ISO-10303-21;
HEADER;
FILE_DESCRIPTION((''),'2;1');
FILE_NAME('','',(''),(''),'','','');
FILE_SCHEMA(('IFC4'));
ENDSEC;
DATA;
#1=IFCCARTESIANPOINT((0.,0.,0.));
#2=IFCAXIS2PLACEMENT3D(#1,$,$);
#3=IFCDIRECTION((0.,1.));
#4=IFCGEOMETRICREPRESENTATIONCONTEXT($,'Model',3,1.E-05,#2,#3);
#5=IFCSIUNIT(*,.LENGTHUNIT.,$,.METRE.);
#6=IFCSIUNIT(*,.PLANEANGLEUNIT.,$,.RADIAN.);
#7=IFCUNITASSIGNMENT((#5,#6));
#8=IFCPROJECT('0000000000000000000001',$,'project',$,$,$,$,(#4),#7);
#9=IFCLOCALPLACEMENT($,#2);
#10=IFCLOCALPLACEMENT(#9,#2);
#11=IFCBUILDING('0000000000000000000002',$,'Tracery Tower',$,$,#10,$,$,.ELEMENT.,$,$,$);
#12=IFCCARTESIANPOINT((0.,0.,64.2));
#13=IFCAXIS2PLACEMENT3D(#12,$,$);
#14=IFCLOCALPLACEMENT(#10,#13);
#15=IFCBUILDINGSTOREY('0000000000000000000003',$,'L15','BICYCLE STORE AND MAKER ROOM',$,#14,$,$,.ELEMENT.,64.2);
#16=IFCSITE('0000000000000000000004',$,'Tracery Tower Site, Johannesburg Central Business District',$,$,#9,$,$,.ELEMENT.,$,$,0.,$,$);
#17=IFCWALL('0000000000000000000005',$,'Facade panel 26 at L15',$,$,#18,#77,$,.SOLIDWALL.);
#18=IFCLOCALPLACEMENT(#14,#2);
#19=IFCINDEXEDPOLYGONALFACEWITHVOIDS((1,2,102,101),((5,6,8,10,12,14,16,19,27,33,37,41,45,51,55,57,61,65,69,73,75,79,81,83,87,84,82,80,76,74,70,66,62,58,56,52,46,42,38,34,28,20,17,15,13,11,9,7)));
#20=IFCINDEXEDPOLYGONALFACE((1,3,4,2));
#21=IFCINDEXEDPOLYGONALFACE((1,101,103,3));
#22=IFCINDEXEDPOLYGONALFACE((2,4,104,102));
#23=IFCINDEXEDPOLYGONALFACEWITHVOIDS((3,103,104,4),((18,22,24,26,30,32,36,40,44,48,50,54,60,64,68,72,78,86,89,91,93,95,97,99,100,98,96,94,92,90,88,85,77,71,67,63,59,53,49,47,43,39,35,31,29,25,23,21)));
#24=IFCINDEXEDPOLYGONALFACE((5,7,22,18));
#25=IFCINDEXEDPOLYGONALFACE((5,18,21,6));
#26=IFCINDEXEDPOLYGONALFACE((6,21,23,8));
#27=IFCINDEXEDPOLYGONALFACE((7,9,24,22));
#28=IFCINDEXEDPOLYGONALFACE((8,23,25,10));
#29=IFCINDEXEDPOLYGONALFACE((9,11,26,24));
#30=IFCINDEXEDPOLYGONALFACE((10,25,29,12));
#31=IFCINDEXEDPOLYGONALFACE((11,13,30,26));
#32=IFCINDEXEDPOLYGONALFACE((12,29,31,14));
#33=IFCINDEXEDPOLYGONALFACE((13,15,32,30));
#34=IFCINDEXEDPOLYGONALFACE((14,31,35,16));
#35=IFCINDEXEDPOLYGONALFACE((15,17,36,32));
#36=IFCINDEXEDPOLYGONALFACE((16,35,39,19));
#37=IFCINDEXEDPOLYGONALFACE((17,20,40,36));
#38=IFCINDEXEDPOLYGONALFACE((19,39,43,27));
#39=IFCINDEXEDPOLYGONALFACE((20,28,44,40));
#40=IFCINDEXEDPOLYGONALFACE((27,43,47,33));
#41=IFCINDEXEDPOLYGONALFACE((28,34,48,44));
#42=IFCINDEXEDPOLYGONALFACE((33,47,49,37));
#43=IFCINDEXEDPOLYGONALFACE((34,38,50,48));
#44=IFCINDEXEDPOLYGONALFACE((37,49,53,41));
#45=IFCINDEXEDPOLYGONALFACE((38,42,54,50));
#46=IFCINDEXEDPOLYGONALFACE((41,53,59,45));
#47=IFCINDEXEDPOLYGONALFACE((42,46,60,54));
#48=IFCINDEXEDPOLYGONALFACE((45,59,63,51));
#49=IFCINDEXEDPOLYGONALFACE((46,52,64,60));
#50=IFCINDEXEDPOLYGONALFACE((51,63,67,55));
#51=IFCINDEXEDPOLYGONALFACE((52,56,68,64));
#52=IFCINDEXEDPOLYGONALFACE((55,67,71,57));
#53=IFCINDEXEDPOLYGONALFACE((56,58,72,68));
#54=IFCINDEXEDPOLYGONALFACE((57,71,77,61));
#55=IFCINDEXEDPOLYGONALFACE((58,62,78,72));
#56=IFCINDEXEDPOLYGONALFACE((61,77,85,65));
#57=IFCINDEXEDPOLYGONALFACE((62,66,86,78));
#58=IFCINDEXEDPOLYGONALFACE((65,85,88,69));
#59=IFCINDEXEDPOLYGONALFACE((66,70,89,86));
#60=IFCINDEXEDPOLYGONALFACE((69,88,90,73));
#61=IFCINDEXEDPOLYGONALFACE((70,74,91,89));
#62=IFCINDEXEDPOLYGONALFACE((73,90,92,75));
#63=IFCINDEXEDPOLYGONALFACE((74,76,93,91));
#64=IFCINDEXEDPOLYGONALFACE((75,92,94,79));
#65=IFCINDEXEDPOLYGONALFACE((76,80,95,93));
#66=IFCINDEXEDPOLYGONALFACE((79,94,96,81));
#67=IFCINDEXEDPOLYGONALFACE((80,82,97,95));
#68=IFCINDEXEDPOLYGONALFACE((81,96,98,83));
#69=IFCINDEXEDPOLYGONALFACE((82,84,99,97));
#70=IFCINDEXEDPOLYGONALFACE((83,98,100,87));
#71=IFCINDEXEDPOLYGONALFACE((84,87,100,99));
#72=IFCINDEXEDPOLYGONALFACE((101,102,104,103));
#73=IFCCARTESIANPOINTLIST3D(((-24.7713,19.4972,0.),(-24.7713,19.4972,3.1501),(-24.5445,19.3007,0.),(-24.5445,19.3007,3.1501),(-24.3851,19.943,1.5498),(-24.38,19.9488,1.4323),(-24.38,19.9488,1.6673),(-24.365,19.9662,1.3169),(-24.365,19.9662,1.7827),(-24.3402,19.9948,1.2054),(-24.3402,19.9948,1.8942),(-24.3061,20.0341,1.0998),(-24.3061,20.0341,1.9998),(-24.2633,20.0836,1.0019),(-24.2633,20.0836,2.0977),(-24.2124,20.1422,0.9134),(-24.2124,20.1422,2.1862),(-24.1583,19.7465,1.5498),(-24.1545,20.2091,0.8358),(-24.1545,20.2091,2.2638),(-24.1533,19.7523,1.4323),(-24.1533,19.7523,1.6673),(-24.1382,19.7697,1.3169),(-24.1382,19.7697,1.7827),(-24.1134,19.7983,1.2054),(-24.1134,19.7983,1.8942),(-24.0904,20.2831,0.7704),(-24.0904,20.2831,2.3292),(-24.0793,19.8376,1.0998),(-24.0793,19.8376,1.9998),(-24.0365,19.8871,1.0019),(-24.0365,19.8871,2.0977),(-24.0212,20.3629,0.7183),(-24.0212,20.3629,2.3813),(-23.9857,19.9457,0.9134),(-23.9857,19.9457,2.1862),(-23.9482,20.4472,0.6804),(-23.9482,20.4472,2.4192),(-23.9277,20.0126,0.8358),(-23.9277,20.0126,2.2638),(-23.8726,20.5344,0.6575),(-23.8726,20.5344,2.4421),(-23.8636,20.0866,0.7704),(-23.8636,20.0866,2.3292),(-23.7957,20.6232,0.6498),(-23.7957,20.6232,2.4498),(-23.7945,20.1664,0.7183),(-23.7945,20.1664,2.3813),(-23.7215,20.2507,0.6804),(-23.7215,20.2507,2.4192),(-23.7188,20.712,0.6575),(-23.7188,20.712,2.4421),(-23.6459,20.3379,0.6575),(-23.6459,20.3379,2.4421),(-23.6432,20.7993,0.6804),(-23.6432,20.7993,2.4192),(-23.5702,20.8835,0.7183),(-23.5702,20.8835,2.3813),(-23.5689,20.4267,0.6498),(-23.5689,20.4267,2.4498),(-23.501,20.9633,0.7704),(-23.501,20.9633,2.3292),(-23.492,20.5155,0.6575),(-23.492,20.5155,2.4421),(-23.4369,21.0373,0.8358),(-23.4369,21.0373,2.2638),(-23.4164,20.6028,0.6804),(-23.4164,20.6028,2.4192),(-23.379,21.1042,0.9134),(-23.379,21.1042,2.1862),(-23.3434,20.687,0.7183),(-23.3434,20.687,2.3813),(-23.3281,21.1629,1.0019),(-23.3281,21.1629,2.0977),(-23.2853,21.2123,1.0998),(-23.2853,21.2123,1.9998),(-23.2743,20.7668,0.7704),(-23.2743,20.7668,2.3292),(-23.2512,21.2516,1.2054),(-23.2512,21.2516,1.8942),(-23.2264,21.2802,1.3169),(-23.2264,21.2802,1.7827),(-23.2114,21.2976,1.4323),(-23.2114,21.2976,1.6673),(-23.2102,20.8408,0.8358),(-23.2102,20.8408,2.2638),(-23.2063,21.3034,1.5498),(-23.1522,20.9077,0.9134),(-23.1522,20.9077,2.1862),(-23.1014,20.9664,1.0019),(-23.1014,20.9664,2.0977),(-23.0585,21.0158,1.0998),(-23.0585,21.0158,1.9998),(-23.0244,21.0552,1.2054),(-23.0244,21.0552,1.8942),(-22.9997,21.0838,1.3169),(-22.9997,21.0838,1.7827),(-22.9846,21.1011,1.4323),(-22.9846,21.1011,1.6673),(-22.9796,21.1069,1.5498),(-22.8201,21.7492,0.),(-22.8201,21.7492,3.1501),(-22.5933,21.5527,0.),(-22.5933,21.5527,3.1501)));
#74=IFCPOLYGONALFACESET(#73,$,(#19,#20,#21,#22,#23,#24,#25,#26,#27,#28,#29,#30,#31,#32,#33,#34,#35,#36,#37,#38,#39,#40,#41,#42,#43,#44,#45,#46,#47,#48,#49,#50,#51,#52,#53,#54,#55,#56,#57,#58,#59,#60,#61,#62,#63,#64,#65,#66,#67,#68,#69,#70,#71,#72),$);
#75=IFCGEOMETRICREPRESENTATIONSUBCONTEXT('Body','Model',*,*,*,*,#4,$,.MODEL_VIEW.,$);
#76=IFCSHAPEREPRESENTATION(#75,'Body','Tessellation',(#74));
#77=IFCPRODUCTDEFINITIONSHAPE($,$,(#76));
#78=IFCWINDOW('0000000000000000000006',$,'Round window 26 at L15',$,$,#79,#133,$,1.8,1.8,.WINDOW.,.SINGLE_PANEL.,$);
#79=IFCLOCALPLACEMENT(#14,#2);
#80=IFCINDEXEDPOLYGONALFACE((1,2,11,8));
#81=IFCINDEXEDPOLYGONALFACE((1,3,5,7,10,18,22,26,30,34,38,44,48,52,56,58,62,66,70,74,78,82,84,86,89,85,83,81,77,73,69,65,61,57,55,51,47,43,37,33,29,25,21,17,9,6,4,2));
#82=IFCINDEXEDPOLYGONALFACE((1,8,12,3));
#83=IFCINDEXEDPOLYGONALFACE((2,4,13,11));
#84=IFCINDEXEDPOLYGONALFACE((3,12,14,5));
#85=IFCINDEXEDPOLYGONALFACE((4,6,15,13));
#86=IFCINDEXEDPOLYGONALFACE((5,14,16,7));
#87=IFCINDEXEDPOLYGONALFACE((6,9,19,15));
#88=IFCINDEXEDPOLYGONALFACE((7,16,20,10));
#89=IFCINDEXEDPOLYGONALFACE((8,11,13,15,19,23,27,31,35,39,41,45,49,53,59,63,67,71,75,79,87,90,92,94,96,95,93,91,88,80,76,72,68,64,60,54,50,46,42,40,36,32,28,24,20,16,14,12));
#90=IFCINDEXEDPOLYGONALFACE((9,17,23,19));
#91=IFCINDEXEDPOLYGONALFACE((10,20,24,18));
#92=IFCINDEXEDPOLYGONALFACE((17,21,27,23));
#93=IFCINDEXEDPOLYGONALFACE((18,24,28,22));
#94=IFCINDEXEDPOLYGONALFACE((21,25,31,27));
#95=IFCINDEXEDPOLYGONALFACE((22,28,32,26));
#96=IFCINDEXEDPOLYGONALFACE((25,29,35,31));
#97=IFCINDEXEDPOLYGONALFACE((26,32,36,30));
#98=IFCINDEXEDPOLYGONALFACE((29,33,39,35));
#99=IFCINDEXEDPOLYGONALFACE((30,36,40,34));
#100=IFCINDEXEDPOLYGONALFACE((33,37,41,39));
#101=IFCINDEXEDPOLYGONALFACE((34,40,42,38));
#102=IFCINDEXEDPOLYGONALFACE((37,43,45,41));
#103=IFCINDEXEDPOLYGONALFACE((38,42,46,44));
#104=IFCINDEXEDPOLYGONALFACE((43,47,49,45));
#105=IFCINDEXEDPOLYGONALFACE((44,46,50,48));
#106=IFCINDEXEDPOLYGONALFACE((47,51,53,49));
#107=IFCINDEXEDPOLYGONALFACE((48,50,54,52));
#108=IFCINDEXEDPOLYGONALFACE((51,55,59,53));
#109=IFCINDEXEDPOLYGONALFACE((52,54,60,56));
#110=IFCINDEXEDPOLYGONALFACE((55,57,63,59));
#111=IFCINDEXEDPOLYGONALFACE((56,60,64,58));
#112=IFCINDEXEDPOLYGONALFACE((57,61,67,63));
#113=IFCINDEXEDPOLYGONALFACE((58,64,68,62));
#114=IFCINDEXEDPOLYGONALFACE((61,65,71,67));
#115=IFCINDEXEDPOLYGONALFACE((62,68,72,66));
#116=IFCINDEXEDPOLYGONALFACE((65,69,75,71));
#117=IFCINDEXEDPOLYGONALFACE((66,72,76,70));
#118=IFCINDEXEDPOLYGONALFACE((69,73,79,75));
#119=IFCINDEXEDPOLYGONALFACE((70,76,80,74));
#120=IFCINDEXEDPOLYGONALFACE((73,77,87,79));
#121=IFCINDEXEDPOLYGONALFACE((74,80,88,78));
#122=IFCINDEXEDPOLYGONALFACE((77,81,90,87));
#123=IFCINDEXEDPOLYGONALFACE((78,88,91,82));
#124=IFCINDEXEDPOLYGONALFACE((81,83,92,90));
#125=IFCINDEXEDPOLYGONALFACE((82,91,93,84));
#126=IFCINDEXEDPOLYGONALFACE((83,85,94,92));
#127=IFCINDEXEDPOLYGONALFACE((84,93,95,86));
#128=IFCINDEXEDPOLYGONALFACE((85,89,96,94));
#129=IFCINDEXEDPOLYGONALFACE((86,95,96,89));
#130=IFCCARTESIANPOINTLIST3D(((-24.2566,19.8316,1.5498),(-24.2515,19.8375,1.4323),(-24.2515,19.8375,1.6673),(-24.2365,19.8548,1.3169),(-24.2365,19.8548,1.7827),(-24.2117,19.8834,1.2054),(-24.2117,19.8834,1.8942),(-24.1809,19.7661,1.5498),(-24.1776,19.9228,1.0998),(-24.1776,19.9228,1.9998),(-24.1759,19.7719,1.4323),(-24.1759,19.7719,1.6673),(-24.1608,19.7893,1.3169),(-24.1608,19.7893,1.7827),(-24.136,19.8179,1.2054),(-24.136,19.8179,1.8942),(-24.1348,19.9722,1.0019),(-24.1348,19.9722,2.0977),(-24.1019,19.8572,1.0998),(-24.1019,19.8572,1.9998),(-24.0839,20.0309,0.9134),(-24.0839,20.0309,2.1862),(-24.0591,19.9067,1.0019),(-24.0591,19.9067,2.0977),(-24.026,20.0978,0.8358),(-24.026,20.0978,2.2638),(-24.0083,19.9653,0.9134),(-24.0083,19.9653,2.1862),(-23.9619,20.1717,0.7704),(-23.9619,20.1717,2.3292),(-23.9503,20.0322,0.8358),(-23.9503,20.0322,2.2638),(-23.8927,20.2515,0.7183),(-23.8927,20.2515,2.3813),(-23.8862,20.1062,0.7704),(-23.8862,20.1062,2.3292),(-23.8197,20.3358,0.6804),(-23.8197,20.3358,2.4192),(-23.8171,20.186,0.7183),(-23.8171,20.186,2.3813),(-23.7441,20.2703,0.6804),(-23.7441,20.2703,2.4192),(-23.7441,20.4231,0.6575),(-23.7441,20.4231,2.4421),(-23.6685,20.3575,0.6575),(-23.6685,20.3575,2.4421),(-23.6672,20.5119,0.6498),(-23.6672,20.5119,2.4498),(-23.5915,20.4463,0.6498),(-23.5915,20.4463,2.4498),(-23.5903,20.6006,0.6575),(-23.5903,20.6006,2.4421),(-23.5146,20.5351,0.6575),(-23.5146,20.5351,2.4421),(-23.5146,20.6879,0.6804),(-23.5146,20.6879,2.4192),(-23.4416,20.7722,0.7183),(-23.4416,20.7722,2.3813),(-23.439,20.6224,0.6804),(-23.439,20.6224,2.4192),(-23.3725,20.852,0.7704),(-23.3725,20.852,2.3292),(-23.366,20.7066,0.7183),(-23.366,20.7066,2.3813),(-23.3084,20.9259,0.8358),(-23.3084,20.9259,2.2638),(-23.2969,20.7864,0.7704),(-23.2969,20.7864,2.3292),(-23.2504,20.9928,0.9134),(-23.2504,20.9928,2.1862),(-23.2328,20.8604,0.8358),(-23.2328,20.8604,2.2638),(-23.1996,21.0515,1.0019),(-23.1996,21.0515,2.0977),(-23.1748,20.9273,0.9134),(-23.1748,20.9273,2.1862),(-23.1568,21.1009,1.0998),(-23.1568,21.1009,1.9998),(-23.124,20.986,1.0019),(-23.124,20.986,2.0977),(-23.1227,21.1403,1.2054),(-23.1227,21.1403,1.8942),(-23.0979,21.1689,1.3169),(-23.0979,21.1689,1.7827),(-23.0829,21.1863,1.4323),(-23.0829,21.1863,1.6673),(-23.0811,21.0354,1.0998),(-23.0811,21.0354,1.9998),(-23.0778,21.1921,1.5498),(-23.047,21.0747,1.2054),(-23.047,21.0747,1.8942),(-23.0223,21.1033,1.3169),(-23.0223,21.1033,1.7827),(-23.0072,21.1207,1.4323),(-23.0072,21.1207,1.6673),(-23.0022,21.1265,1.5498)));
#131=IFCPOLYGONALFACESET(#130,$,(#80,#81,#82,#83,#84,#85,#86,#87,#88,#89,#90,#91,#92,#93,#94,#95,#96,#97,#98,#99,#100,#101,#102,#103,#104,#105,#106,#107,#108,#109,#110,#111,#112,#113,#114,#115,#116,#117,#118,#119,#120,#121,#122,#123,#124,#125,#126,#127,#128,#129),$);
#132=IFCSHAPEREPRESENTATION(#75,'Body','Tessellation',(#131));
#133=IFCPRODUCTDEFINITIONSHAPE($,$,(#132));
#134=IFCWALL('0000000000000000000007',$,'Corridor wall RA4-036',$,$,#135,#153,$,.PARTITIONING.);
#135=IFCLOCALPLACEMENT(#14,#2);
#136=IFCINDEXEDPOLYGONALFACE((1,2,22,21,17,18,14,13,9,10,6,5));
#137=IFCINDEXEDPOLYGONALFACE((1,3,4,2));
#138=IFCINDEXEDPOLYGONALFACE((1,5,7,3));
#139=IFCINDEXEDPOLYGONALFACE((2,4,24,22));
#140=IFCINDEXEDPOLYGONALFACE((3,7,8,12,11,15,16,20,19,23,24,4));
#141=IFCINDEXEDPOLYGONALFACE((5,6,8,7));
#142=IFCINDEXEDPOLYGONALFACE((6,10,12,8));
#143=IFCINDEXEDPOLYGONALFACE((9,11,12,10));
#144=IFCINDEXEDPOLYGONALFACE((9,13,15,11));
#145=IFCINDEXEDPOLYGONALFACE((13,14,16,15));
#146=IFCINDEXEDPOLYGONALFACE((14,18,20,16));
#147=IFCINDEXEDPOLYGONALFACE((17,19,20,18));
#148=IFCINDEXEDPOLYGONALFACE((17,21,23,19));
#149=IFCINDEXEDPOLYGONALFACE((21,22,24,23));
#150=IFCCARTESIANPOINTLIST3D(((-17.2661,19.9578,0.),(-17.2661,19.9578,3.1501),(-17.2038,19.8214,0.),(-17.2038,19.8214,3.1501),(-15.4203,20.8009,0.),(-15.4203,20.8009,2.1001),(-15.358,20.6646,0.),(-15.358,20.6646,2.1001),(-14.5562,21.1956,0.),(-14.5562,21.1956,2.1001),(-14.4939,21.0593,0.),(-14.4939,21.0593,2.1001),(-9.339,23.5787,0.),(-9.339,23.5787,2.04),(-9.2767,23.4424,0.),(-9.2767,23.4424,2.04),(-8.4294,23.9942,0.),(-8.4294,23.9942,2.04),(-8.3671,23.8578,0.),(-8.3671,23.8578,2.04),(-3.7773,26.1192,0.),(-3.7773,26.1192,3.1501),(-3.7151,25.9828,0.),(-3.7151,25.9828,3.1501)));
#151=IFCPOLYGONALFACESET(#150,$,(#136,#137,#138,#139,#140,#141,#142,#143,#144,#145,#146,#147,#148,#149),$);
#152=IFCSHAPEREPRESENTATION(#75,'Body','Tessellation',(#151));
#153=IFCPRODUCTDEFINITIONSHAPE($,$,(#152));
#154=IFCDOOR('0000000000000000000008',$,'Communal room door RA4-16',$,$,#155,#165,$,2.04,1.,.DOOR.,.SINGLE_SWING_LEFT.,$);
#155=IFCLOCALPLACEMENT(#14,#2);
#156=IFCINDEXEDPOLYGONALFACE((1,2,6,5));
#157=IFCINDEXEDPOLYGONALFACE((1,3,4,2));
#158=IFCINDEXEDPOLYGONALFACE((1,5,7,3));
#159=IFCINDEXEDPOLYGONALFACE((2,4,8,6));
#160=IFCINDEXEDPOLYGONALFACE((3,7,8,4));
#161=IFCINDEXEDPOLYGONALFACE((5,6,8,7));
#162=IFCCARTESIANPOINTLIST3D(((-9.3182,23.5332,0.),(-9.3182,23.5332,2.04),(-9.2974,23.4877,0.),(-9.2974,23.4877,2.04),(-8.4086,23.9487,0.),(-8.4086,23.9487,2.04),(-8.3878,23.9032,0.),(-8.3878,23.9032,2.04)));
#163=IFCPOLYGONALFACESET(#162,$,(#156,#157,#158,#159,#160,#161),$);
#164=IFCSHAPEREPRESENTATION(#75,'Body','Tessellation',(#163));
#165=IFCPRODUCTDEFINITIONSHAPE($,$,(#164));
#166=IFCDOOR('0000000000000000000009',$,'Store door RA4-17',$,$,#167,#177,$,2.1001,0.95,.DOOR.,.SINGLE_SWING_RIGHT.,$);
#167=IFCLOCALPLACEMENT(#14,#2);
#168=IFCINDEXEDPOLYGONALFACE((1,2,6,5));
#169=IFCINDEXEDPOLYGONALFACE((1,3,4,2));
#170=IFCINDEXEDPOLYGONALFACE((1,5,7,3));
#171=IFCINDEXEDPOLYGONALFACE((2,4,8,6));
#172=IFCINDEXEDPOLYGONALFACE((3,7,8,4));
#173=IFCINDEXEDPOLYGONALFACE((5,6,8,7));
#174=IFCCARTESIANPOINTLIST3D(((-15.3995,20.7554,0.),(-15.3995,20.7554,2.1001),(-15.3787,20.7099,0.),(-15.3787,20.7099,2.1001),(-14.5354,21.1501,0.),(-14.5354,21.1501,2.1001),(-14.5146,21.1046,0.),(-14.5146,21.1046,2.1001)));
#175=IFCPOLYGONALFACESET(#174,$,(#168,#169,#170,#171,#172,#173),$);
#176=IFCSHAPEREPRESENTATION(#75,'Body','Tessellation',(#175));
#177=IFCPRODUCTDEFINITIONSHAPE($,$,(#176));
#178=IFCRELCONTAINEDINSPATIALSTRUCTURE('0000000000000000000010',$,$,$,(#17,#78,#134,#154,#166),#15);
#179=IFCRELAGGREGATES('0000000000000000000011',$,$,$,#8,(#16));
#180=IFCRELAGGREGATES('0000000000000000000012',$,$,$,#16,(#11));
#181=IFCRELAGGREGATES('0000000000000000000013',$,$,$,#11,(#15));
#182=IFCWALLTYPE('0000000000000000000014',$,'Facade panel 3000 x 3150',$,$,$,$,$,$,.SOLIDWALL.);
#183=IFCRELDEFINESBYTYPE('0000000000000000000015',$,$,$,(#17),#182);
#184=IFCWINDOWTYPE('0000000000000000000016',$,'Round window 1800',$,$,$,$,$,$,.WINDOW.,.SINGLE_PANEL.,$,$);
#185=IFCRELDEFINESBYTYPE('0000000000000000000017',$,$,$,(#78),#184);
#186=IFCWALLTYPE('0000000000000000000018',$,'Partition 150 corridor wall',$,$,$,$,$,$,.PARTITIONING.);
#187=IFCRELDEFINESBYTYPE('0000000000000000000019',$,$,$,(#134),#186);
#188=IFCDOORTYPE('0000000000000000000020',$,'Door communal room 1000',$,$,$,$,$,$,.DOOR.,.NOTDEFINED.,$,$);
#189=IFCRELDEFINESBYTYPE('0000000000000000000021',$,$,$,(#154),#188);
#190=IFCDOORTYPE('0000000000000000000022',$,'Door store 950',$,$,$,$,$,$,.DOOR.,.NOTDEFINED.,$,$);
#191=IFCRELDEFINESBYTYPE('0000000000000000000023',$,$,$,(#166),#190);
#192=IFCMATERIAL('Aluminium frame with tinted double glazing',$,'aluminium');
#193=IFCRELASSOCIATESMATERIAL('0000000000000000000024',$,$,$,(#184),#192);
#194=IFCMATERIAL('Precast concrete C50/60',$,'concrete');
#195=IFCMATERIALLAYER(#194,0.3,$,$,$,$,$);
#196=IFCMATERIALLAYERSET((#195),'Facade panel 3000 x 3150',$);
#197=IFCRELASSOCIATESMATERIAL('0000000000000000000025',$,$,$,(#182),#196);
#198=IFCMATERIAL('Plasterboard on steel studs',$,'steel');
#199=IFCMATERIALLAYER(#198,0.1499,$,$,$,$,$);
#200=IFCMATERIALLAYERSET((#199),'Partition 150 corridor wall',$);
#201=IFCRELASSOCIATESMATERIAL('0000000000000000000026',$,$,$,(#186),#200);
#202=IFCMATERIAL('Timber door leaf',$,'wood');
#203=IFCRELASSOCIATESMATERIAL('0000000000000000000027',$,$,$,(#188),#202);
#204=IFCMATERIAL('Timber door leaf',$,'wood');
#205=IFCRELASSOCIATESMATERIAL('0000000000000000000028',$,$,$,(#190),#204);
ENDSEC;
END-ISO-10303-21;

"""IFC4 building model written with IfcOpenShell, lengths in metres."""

from ifc_helpers import new_model, si_unit, direction, frame, frame_2d, origin, origin_2d, place, context, subcontext, project, spatial, rectangle, circle, extrude, material, layer, layer_set, type_object, element, fill, save


model = new_model("IFC4")

# Units and contexts
model_context = context("Model", 3, precision=1e-05, world=origin(), true_north=direction((0.0, 1.0)))
body_context = subcontext(model_context, "Body", "Model", "MODEL_VIEW")
ifc_project = project(units=[si_unit("LENGTHUNIT", "METRE"), si_unit("PLANEANGLEUNIT", "RADIAN")], contexts=[model_context])

# Site, building, storey
site_placement = place(None, origin())
site = spatial("IfcSite", under=ifc_project, at=site_placement, Name="Tracery Tower Site, Johannesburg Central Business District", CompositionType="ELEMENT", RefElevation=0.0)
building_placement = place(site_placement, origin())
building = spatial("IfcBuilding", under=site, at=building_placement, Name="Tracery Tower", CompositionType="ELEMENT")
storey_placement = place(building_placement, frame((0.0, 0.0, 64.2)))
storey = spatial("IfcBuildingStorey", under=building, at=storey_placement, Name="L15", Description="BICYCLE STORE AND MAKER ROOM", CompositionType="ELEMENT", Elevation=64.2)

# Wall, opening, window
ifc_material_1 = material(Name="Aluminium frame with tinted double glazing", Category="aluminium")
window_type = type_object("IfcWindowType", Name="Round window 1800", PartitioningType="SINGLE_PANEL", PredefinedType="WINDOW", material=ifc_material_1)
ifc_material_2 = material(Name="Precast concrete C50/60", Category="concrete")
ifc_layer_1 = layer(ifc_material_2, 0.3)
ifc_layer_set_1 = layer_set([ifc_layer_1], Name="Facade panel 3000 x 3150")
wall_type_1 = type_object("IfcWallType", Name="Facade panel 3000 x 3150", PredefinedType="SOLIDWALL", material=ifc_layer_set_1)
wall_1_placement = place(storey_placement, frame((-22.7068, 21.6509, 0.0), z_axis=(0.0, 0.0, 1.0), x_axis=(-0.654831, -0.755776, 0.0)))
wall_1 = element("IfcWall", 1, at=wall_1_placement, inside=storey, type_object=wall_type_1, Name="Facade panel 26 at L15", PredefinedType="SOLIDWALL", context=body_context, shape_type="SweptSolid", body=[
    extrude(rectangle(XDim=2.9797, YDim=0.3, at=frame_2d((1.4897, 0.0))), origin(), (0.0, 0.0, 1.0), 3.1501),
])
opening_1_placement = place(wall_1_placement, frame((1.4897, 0.0, 1.5498)))
opening_1 = element("IfcOpeningElement", 2, at=opening_1_placement, cuts=wall_1, PredefinedType="OPENING", context=body_context, shape_type="SweptSolid", body=[
    extrude(circle(Radius=0.9, at=origin_2d()), frame((0.0, 0.1599, 0.0), z_axis=(0.0, -1.0, 0.0), x_axis=(1.0, 0.0, 0.0)), (0.0, 0.0, 1.0), 0.3201),
])
window_1_placement = place(opening_1_placement, origin())
window_1 = element("IfcWindow", 3, at=window_1_placement, inside=storey, type_object=window_type, Name="Round window 26 at L15", OverallHeight=1.8, OverallWidth=1.8, PartitioningType="SINGLE_PANEL", PredefinedType="WINDOW", context=body_context, shape_type="SweptSolid", body=[
    extrude(circle(Radius=0.9, at=origin_2d()), frame((0.0, 0.1201, 0.0), z_axis=(0.0, -1.0, 0.0), x_axis=(1.0, 0.0, 0.0)), (0.0, 0.0, 1.0), 0.1001),
])
fill(opening_1, window_1)

# Wall, openings, doors
ifc_material_3 = material(Name="Plasterboard on steel studs", Category="steel")
ifc_layer_2 = layer(ifc_material_3, 0.1499)
ifc_layer_set_2 = layer_set([ifc_layer_2], Name="Partition 150 corridor wall")
wall_type_2 = type_object("IfcWallType", Name="Partition 150 corridor wall", PredefinedType="PARTITIONING", material=ifc_layer_set_2)
wall_2_placement = place(storey_placement, frame((-17.2349, 19.8896, 0.0), z_axis=(0.0, 0.0, 1.0), x_axis=(0.9096, 0.415485, 0.0)))
wall_2 = element("IfcWall", 4, at=wall_2_placement, inside=storey, type_object=wall_type_2, Name="Corridor wall RA4-036", PredefinedType="PARTITIONING", context=body_context, shape_type="SweptSolid", body=[
    extrude(rectangle(XDim=14.8293, YDim=0.1499, at=frame_2d((7.4146, 0.0))), origin(), (0.0, 0.0, 1.0), 3.1501),
])
opening_2_placement = place(wall_2_placement, frame((8.7148, 0.0, 0.0)))
opening_2 = element("IfcOpeningElement", 5, at=opening_2_placement, cuts=wall_2, PredefinedType="OPENING", context=body_context, shape_type="SweptSolid", body=[
    extrude(rectangle(XDim=1.0, YDim=2.04, at=frame_2d((0.5, 1.02))), frame((0.0, 0.075, 0.0), z_axis=(0.0, -1.0, 0.0), x_axis=(1.0, 0.0, 0.0)), (0.0, 0.0, 1.0), 0.1499),
])
opening_3_placement = place(wall_2_placement, frame((2.0291, 0.0, 0.0)))
opening_3 = element("IfcOpeningElement", 6, at=opening_3_placement, cuts=wall_2, PredefinedType="OPENING", context=body_context, shape_type="SweptSolid", body=[
    extrude(rectangle(XDim=0.95, YDim=2.1001, at=frame_2d((0.4751, 1.05))), frame((0.0, 0.075, 0.0), z_axis=(0.0, -1.0, 0.0), x_axis=(1.0, 0.0, 0.0)), (0.0, 0.0, 1.0), 0.1499),
])
ifc_material_4 = material(Name="Timber door leaf", Category="wood")
door_type_1 = type_object("IfcDoorType", Name="Door communal room 1000", OperationType="NOTDEFINED", PredefinedType="DOOR", material=ifc_material_4)
door_1_placement = place(opening_2_placement, origin())
door_1 = element("IfcDoor", 7, at=door_1_placement, inside=storey, type_object=door_type_1, Name="Communal room door RA4-16", OperationType="SINGLE_SWING_LEFT", OverallHeight=2.04, OverallWidth=1.0, PredefinedType="DOOR", context=body_context, shape_type="SweptSolid", body=[
    extrude(rectangle(XDim=1.0, YDim=2.04, at=frame_2d((0.5, 1.02))), frame((0.0, 0.0249, 0.0), z_axis=(0.0, -1.0, 0.0), x_axis=(1.0, 0.0, 0.0)), (0.0, 0.0, 1.0), 0.05),
])
fill(opening_2, door_1)
ifc_material_5 = material(Name="Timber door leaf", Category="wood")
door_type_2 = type_object("IfcDoorType", Name="Door store 950", OperationType="NOTDEFINED", PredefinedType="DOOR", material=ifc_material_5)
door_2_placement = place(opening_3_placement, origin())
door_2 = element("IfcDoor", 8, at=door_2_placement, inside=storey, type_object=door_type_2, Name="Store door RA4-17", OperationType="SINGLE_SWING_RIGHT", OverallHeight=2.1001, OverallWidth=0.95, PredefinedType="DOOR", context=body_context, shape_type="SweptSolid", body=[
    extrude(rectangle(XDim=0.95, YDim=2.1001, at=frame_2d((0.4751, 1.05))), frame((0.0, 0.0249, 0.0), z_axis=(0.0, -1.0, 0.0), x_axis=(1.0, 0.0, 0.0)), (0.0, 0.0, 1.0), 0.05),
])
fill(opening_3, door_2)

save(model, "model.ifc")
